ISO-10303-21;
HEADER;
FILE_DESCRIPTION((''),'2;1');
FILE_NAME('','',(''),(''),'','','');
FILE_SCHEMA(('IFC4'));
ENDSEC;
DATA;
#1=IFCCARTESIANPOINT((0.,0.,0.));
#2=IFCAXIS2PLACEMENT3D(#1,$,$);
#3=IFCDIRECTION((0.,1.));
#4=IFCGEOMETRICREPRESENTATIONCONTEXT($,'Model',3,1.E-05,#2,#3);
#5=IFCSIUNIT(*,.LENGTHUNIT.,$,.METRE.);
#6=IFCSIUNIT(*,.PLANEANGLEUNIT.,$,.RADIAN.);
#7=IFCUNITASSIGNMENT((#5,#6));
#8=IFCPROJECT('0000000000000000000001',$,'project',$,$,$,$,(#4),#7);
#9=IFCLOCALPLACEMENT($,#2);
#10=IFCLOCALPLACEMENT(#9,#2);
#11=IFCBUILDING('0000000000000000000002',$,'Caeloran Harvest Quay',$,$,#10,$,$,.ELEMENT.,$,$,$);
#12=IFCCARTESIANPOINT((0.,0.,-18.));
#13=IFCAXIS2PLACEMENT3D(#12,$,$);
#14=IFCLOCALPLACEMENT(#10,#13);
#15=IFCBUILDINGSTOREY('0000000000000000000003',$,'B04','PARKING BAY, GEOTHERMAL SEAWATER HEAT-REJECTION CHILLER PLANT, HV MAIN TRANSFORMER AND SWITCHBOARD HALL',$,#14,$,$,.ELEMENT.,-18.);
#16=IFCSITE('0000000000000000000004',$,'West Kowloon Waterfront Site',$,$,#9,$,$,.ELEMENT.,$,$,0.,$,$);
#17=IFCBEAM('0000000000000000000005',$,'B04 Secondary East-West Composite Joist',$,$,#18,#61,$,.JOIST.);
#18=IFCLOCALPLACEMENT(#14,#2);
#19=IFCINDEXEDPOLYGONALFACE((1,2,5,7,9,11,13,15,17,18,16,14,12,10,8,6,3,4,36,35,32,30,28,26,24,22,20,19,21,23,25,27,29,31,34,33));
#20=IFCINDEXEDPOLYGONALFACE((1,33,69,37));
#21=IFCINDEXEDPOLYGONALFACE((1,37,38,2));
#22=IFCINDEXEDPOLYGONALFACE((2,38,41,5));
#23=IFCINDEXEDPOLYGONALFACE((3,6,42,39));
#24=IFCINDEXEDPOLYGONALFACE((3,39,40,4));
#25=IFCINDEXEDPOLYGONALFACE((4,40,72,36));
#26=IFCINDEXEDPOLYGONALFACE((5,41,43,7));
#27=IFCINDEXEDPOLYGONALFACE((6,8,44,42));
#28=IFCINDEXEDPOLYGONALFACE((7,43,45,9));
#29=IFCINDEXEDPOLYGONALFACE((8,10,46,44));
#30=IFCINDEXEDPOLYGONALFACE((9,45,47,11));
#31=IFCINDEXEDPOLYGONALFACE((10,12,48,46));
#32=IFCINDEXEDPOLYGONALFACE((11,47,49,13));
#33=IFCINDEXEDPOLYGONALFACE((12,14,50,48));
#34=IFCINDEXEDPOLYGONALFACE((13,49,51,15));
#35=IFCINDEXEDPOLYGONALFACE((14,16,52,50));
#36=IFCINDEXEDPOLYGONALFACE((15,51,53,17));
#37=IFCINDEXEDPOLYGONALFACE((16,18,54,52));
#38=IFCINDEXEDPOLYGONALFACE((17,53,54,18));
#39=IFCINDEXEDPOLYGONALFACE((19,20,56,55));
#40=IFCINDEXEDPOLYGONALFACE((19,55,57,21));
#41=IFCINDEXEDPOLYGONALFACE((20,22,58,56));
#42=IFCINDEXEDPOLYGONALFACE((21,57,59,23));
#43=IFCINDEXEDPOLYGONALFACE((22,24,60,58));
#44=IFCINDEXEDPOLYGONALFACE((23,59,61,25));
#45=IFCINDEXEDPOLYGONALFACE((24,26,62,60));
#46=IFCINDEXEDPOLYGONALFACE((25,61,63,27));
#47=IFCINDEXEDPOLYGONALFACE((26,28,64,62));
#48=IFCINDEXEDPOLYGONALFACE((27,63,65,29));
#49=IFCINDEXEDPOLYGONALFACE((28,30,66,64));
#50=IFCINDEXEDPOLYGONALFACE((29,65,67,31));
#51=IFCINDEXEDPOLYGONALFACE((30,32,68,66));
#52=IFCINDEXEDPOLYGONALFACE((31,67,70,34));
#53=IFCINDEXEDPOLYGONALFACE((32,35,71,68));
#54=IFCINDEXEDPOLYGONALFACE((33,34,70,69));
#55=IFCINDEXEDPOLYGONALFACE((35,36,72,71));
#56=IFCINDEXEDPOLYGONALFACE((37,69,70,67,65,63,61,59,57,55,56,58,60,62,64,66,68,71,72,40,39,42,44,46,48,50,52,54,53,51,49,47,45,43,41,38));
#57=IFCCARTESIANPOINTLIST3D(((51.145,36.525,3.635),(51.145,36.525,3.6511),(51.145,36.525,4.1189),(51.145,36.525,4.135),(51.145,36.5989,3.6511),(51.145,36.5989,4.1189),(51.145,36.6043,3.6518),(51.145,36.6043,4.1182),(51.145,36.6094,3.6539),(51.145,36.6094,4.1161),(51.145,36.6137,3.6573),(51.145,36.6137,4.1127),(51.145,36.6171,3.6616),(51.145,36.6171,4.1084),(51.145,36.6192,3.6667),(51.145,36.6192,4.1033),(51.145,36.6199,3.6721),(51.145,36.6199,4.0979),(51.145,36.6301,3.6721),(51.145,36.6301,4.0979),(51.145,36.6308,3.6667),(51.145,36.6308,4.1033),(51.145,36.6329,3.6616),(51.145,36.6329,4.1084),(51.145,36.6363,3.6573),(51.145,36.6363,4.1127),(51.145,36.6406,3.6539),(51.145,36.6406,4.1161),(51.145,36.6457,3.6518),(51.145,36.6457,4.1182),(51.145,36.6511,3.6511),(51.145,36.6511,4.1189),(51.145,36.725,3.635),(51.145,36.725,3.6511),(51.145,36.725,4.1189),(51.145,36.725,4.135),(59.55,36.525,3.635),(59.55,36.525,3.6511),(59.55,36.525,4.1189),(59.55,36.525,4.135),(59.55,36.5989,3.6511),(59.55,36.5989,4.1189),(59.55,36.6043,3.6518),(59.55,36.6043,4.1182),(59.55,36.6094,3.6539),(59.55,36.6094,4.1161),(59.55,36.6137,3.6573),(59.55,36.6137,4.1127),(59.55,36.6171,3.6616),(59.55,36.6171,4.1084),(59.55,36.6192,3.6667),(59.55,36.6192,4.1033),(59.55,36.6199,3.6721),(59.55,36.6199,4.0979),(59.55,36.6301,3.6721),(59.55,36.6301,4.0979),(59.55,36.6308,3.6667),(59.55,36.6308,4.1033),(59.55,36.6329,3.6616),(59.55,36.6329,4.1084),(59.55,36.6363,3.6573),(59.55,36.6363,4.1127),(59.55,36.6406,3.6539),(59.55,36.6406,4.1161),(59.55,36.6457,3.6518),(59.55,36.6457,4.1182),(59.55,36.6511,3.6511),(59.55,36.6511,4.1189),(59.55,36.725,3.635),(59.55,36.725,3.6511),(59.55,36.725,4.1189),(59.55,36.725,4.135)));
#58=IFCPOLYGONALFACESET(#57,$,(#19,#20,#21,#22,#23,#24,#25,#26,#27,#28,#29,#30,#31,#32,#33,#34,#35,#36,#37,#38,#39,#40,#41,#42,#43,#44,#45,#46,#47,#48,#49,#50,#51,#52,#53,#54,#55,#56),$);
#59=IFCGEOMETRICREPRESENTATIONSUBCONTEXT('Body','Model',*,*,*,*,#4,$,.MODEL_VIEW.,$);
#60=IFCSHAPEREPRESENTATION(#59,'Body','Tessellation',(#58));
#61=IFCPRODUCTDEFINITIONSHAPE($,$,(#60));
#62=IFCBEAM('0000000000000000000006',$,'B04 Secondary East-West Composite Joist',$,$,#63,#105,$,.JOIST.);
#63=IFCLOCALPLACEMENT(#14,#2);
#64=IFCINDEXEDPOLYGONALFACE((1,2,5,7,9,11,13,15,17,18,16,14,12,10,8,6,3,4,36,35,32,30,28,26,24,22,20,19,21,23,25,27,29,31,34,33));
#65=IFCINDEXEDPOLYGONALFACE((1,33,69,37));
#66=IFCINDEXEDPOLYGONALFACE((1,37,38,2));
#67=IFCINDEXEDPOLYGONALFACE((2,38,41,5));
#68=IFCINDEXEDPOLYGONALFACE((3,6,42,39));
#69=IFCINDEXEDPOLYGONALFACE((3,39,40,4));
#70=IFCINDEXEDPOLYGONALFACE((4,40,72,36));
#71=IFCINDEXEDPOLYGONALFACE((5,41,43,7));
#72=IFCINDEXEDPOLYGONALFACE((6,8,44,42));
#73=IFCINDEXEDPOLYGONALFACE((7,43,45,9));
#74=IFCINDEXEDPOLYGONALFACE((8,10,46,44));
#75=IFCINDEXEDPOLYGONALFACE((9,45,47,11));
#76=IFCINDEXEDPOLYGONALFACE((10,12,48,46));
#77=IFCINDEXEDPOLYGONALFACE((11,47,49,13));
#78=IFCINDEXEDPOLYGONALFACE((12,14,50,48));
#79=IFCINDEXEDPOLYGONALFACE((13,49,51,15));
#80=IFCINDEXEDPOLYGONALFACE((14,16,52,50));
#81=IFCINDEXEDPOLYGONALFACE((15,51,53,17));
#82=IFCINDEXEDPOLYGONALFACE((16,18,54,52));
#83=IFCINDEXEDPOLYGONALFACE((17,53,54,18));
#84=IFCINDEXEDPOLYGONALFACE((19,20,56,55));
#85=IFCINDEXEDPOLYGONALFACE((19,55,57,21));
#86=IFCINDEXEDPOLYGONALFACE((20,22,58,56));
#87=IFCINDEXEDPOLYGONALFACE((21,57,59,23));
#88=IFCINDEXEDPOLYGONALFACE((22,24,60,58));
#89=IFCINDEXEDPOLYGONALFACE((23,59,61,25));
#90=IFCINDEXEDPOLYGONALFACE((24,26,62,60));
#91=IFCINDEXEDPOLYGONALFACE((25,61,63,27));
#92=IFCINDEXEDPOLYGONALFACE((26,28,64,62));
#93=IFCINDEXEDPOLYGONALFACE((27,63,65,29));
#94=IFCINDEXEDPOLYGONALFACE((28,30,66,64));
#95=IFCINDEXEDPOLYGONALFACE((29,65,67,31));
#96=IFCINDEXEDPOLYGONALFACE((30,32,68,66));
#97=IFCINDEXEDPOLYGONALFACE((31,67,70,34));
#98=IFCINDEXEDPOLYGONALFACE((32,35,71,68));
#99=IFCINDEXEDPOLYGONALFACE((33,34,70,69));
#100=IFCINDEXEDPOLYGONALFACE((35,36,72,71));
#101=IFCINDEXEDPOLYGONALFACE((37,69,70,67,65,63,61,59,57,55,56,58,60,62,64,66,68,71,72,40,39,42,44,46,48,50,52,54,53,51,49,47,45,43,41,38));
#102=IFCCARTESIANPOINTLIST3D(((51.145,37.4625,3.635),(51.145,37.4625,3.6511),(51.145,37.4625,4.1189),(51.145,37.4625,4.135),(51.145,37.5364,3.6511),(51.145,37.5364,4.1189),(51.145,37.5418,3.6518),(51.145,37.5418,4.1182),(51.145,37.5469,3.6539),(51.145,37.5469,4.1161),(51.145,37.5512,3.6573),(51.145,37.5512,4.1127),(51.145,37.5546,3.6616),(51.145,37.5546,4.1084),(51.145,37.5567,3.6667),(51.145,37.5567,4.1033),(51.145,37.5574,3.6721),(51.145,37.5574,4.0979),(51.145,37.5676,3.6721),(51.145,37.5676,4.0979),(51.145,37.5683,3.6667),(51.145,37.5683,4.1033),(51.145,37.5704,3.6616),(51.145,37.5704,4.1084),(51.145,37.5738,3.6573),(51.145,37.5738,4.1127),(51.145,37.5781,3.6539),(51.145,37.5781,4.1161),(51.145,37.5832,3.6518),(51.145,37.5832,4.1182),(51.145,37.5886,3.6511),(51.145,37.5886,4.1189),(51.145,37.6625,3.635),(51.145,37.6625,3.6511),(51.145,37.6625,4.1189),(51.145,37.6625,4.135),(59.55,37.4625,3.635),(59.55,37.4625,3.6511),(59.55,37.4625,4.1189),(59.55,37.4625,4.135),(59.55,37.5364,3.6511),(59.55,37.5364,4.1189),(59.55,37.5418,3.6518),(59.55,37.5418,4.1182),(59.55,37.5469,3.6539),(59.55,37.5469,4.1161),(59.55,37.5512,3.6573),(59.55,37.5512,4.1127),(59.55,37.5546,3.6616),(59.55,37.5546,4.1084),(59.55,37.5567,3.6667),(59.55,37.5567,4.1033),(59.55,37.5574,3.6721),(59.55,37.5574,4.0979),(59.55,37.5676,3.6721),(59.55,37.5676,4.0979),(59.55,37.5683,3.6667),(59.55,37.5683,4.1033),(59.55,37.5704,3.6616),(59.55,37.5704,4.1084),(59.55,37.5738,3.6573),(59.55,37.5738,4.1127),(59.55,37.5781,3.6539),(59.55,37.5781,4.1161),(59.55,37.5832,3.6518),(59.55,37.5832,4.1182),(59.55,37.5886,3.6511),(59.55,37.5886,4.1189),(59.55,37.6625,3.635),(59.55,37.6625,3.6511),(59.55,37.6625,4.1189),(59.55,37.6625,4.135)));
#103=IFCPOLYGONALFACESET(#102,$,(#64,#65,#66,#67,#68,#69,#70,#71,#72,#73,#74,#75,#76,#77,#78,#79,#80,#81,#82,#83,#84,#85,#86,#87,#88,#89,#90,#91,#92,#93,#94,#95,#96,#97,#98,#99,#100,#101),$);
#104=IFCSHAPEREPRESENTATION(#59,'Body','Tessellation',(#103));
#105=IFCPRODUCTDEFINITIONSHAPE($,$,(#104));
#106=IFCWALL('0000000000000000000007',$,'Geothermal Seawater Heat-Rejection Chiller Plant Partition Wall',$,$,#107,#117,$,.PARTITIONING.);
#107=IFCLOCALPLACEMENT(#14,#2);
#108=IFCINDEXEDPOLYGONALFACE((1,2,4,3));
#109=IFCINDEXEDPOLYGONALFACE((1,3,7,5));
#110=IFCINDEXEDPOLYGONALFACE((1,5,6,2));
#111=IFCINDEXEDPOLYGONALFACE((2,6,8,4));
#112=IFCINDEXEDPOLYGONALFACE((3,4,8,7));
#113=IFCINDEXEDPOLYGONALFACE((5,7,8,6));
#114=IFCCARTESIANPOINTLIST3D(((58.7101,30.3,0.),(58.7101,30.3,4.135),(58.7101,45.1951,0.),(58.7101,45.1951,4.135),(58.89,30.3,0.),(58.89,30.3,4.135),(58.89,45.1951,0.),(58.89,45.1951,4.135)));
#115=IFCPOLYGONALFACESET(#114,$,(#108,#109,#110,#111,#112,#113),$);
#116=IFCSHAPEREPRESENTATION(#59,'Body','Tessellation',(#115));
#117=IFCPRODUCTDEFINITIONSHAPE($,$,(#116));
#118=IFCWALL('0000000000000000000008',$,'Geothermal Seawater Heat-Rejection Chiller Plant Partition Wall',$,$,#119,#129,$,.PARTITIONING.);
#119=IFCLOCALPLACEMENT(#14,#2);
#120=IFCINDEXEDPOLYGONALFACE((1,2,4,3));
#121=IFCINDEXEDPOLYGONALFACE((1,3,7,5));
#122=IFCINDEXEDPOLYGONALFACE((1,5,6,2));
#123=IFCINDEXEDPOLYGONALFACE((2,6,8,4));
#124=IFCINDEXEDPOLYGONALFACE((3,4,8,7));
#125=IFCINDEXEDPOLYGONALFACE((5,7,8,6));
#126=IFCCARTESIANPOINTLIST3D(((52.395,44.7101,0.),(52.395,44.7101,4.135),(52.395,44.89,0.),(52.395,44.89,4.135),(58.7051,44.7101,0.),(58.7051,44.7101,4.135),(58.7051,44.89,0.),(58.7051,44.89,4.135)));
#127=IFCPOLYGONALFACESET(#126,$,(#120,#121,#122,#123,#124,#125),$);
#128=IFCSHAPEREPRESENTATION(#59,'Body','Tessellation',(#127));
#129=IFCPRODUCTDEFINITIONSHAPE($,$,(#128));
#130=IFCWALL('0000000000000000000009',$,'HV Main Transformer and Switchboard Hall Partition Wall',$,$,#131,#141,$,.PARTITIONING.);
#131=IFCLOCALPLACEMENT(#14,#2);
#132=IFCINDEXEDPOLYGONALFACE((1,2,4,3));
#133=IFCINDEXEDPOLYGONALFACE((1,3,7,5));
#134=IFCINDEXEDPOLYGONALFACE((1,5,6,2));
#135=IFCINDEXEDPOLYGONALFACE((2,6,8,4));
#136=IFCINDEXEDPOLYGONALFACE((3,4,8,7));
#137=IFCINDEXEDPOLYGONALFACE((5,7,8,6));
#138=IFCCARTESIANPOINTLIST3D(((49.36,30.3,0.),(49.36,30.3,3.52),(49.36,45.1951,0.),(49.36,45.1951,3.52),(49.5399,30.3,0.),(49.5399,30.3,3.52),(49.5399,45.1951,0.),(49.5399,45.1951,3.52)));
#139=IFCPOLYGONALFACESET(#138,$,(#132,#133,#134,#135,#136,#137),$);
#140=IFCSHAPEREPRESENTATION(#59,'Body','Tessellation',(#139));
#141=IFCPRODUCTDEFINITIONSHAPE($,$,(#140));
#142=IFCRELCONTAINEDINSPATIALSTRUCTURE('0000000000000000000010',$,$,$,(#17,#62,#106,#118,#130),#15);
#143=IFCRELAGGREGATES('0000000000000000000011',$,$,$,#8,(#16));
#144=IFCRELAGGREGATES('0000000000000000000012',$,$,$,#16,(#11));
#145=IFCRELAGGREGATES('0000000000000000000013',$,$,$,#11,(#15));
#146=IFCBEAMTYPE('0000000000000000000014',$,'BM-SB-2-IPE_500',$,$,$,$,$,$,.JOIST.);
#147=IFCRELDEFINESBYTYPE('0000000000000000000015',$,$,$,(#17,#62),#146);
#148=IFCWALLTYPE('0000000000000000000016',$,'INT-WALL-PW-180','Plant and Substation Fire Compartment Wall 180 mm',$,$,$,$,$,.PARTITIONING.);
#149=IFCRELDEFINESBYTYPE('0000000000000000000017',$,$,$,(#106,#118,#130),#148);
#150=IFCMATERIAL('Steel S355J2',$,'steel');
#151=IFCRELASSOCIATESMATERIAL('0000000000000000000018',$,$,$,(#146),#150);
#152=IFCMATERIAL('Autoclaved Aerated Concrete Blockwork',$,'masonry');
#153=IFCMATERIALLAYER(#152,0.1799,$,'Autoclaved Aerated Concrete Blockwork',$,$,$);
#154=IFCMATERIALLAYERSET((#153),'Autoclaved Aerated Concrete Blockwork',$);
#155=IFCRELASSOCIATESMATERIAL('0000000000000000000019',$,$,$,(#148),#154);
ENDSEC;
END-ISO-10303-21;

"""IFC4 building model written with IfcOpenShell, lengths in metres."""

from ifc_helpers import new_model, si_unit, direction, frame, frame_2d, origin, origin_2d, place, context, subcontext, project, spatial, rectangle, i_section, extrude, material, layer, layer_set, material_profile, profile_set, type_object, element, save


model = new_model("IFC4")

# Units and contexts
model_context = context("Model", 3, precision=1e-05, world=origin(), true_north=direction((0.0, 1.0)))
body_context = subcontext(model_context, "Body", "Model", "MODEL_VIEW")
ifc_project = project(units=[si_unit("LENGTHUNIT", "METRE"), si_unit("PLANEANGLEUNIT", "RADIAN")], contexts=[model_context])

# Site, building, storey
site_placement = place(None, origin())
site = spatial("IfcSite", under=ifc_project, at=site_placement, Name="West Kowloon Waterfront Site", CompositionType="ELEMENT", RefElevation=0.0)
building_placement = place(site_placement, origin())
building = spatial("IfcBuilding", under=site, at=building_placement, Name="Caeloran Harvest Quay", CompositionType="ELEMENT")
storey_placement = place(building_placement, frame((0.0, 0.0, -18.0)))
storey = spatial("IfcBuildingStorey", under=building, at=storey_placement, Name="B04", Description="PARKING BAY, GEOTHERMAL SEAWATER HEAT-REJECTION CHILLER PLANT, HV MAIN TRANSFORMER AND SWITCHBOARD HALL", CompositionType="ELEMENT", Elevation=-18.0)

# Beams
ifc_material_1 = material(Name="Steel S355J2", Category="steel")
ifc_material_profile_1 = material_profile(ifc_material_1, i_section(OverallWidth=0.2, OverallDepth=0.5, WebThickness=0.0103, FlangeThickness=0.0161, FilletRadius=0.021, at=origin_2d()), Name="IPE 500")
ifc_profile_set_1 = profile_set([ifc_material_profile_1], Name="Steel S355J2")
beam_type_1 = type_object("IfcBeamType", Name="BM-SB-2-IPE_500", PredefinedType="JOIST", material=ifc_profile_set_1)
for number, where, z_axis, x_axis, name in (
    (1, (51.145, 36.625, 3.885), (1.0, 0.0, 0.0), (0.0, 1.0, 0.0), "B04 Secondary East-West Composite Joist"),
    (2, (51.145, 37.5625, 3.885), (1.0, 0.0, 0.0), (0.0, 1.0, 0.0), "B04 Secondary East-West Composite Joist"),
):
    element("IfcBeam", number, at=place(storey_placement, frame(where, z_axis=z_axis, x_axis=x_axis)), inside=storey, type_object=beam_type_1, Name=name, PredefinedType="JOIST", context=body_context, shape_type="SweptSolid", body=[
        extrude(i_section(OverallWidth=0.2, OverallDepth=0.5, WebThickness=0.0103, FlangeThickness=0.0161, FilletRadius=0.021, at=origin_2d()), origin(), (0.0, 0.0, 1.0), 8.405),
    ])

# Walls
ifc_material_2 = material(Name="Autoclaved Aerated Concrete Blockwork", Category="masonry")
ifc_layer = layer(ifc_material_2, 0.1799, Name="Autoclaved Aerated Concrete Blockwork")
ifc_layer_set = layer_set([ifc_layer], Name="Autoclaved Aerated Concrete Blockwork")
wall_type = type_object("IfcWallType", Name="INT-WALL-PW-180", Description="Plant and Substation Fire Compartment Wall 180 mm", PredefinedType="PARTITIONING", material=ifc_layer_set)
wall_1_placement = place(storey_placement, frame((58.8, 45.1951, 0.0), z_axis=(0.0, 0.0, 1.0), x_axis=(0.0, -1.0, 0.0)))
element("IfcWall", 3, at=wall_1_placement, inside=storey, type_object=wall_type, Name="Geothermal Seawater Heat-Rejection Chiller Plant Partition Wall", PredefinedType="PARTITIONING", context=body_context, shape_type="SweptSolid", body=[
    extrude(rectangle(XDim=14.895, YDim=0.1799, at=frame_2d((7.4475, 0.0))), origin(), (0.0, 0.0, 1.0), 4.135),
])
wall_2_placement = place(storey_placement, frame((52.395, 44.8, 0.0), z_axis=(0.0, 0.0, 1.0), x_axis=(1.0, 0.0, 0.0)))
element("IfcWall", 4, at=wall_2_placement, inside=storey, type_object=wall_type, Name="Geothermal Seawater Heat-Rejection Chiller Plant Partition Wall", PredefinedType="PARTITIONING", context=body_context, shape_type="SweptSolid", body=[
    extrude(rectangle(XDim=6.3101, YDim=0.1799, at=frame_2d((3.155, 0.0))), origin(), (0.0, 0.0, 1.0), 4.135),
])
wall_3_placement = place(storey_placement, frame((49.45, 45.1951, 0.0), z_axis=(0.0, 0.0, 1.0), x_axis=(0.0, -1.0, 0.0)))
element("IfcWall", 5, at=wall_3_placement, inside=storey, type_object=wall_type, Name="HV Main Transformer and Switchboard Hall Partition Wall", PredefinedType="PARTITIONING", context=body_context, shape_type="SweptSolid", body=[
    extrude(rectangle(XDim=14.895, YDim=0.1799, at=frame_2d((7.4475, 0.0))), origin(), (0.0, 0.0, 1.0), 3.52),
])

save(model, "model.ifc")
